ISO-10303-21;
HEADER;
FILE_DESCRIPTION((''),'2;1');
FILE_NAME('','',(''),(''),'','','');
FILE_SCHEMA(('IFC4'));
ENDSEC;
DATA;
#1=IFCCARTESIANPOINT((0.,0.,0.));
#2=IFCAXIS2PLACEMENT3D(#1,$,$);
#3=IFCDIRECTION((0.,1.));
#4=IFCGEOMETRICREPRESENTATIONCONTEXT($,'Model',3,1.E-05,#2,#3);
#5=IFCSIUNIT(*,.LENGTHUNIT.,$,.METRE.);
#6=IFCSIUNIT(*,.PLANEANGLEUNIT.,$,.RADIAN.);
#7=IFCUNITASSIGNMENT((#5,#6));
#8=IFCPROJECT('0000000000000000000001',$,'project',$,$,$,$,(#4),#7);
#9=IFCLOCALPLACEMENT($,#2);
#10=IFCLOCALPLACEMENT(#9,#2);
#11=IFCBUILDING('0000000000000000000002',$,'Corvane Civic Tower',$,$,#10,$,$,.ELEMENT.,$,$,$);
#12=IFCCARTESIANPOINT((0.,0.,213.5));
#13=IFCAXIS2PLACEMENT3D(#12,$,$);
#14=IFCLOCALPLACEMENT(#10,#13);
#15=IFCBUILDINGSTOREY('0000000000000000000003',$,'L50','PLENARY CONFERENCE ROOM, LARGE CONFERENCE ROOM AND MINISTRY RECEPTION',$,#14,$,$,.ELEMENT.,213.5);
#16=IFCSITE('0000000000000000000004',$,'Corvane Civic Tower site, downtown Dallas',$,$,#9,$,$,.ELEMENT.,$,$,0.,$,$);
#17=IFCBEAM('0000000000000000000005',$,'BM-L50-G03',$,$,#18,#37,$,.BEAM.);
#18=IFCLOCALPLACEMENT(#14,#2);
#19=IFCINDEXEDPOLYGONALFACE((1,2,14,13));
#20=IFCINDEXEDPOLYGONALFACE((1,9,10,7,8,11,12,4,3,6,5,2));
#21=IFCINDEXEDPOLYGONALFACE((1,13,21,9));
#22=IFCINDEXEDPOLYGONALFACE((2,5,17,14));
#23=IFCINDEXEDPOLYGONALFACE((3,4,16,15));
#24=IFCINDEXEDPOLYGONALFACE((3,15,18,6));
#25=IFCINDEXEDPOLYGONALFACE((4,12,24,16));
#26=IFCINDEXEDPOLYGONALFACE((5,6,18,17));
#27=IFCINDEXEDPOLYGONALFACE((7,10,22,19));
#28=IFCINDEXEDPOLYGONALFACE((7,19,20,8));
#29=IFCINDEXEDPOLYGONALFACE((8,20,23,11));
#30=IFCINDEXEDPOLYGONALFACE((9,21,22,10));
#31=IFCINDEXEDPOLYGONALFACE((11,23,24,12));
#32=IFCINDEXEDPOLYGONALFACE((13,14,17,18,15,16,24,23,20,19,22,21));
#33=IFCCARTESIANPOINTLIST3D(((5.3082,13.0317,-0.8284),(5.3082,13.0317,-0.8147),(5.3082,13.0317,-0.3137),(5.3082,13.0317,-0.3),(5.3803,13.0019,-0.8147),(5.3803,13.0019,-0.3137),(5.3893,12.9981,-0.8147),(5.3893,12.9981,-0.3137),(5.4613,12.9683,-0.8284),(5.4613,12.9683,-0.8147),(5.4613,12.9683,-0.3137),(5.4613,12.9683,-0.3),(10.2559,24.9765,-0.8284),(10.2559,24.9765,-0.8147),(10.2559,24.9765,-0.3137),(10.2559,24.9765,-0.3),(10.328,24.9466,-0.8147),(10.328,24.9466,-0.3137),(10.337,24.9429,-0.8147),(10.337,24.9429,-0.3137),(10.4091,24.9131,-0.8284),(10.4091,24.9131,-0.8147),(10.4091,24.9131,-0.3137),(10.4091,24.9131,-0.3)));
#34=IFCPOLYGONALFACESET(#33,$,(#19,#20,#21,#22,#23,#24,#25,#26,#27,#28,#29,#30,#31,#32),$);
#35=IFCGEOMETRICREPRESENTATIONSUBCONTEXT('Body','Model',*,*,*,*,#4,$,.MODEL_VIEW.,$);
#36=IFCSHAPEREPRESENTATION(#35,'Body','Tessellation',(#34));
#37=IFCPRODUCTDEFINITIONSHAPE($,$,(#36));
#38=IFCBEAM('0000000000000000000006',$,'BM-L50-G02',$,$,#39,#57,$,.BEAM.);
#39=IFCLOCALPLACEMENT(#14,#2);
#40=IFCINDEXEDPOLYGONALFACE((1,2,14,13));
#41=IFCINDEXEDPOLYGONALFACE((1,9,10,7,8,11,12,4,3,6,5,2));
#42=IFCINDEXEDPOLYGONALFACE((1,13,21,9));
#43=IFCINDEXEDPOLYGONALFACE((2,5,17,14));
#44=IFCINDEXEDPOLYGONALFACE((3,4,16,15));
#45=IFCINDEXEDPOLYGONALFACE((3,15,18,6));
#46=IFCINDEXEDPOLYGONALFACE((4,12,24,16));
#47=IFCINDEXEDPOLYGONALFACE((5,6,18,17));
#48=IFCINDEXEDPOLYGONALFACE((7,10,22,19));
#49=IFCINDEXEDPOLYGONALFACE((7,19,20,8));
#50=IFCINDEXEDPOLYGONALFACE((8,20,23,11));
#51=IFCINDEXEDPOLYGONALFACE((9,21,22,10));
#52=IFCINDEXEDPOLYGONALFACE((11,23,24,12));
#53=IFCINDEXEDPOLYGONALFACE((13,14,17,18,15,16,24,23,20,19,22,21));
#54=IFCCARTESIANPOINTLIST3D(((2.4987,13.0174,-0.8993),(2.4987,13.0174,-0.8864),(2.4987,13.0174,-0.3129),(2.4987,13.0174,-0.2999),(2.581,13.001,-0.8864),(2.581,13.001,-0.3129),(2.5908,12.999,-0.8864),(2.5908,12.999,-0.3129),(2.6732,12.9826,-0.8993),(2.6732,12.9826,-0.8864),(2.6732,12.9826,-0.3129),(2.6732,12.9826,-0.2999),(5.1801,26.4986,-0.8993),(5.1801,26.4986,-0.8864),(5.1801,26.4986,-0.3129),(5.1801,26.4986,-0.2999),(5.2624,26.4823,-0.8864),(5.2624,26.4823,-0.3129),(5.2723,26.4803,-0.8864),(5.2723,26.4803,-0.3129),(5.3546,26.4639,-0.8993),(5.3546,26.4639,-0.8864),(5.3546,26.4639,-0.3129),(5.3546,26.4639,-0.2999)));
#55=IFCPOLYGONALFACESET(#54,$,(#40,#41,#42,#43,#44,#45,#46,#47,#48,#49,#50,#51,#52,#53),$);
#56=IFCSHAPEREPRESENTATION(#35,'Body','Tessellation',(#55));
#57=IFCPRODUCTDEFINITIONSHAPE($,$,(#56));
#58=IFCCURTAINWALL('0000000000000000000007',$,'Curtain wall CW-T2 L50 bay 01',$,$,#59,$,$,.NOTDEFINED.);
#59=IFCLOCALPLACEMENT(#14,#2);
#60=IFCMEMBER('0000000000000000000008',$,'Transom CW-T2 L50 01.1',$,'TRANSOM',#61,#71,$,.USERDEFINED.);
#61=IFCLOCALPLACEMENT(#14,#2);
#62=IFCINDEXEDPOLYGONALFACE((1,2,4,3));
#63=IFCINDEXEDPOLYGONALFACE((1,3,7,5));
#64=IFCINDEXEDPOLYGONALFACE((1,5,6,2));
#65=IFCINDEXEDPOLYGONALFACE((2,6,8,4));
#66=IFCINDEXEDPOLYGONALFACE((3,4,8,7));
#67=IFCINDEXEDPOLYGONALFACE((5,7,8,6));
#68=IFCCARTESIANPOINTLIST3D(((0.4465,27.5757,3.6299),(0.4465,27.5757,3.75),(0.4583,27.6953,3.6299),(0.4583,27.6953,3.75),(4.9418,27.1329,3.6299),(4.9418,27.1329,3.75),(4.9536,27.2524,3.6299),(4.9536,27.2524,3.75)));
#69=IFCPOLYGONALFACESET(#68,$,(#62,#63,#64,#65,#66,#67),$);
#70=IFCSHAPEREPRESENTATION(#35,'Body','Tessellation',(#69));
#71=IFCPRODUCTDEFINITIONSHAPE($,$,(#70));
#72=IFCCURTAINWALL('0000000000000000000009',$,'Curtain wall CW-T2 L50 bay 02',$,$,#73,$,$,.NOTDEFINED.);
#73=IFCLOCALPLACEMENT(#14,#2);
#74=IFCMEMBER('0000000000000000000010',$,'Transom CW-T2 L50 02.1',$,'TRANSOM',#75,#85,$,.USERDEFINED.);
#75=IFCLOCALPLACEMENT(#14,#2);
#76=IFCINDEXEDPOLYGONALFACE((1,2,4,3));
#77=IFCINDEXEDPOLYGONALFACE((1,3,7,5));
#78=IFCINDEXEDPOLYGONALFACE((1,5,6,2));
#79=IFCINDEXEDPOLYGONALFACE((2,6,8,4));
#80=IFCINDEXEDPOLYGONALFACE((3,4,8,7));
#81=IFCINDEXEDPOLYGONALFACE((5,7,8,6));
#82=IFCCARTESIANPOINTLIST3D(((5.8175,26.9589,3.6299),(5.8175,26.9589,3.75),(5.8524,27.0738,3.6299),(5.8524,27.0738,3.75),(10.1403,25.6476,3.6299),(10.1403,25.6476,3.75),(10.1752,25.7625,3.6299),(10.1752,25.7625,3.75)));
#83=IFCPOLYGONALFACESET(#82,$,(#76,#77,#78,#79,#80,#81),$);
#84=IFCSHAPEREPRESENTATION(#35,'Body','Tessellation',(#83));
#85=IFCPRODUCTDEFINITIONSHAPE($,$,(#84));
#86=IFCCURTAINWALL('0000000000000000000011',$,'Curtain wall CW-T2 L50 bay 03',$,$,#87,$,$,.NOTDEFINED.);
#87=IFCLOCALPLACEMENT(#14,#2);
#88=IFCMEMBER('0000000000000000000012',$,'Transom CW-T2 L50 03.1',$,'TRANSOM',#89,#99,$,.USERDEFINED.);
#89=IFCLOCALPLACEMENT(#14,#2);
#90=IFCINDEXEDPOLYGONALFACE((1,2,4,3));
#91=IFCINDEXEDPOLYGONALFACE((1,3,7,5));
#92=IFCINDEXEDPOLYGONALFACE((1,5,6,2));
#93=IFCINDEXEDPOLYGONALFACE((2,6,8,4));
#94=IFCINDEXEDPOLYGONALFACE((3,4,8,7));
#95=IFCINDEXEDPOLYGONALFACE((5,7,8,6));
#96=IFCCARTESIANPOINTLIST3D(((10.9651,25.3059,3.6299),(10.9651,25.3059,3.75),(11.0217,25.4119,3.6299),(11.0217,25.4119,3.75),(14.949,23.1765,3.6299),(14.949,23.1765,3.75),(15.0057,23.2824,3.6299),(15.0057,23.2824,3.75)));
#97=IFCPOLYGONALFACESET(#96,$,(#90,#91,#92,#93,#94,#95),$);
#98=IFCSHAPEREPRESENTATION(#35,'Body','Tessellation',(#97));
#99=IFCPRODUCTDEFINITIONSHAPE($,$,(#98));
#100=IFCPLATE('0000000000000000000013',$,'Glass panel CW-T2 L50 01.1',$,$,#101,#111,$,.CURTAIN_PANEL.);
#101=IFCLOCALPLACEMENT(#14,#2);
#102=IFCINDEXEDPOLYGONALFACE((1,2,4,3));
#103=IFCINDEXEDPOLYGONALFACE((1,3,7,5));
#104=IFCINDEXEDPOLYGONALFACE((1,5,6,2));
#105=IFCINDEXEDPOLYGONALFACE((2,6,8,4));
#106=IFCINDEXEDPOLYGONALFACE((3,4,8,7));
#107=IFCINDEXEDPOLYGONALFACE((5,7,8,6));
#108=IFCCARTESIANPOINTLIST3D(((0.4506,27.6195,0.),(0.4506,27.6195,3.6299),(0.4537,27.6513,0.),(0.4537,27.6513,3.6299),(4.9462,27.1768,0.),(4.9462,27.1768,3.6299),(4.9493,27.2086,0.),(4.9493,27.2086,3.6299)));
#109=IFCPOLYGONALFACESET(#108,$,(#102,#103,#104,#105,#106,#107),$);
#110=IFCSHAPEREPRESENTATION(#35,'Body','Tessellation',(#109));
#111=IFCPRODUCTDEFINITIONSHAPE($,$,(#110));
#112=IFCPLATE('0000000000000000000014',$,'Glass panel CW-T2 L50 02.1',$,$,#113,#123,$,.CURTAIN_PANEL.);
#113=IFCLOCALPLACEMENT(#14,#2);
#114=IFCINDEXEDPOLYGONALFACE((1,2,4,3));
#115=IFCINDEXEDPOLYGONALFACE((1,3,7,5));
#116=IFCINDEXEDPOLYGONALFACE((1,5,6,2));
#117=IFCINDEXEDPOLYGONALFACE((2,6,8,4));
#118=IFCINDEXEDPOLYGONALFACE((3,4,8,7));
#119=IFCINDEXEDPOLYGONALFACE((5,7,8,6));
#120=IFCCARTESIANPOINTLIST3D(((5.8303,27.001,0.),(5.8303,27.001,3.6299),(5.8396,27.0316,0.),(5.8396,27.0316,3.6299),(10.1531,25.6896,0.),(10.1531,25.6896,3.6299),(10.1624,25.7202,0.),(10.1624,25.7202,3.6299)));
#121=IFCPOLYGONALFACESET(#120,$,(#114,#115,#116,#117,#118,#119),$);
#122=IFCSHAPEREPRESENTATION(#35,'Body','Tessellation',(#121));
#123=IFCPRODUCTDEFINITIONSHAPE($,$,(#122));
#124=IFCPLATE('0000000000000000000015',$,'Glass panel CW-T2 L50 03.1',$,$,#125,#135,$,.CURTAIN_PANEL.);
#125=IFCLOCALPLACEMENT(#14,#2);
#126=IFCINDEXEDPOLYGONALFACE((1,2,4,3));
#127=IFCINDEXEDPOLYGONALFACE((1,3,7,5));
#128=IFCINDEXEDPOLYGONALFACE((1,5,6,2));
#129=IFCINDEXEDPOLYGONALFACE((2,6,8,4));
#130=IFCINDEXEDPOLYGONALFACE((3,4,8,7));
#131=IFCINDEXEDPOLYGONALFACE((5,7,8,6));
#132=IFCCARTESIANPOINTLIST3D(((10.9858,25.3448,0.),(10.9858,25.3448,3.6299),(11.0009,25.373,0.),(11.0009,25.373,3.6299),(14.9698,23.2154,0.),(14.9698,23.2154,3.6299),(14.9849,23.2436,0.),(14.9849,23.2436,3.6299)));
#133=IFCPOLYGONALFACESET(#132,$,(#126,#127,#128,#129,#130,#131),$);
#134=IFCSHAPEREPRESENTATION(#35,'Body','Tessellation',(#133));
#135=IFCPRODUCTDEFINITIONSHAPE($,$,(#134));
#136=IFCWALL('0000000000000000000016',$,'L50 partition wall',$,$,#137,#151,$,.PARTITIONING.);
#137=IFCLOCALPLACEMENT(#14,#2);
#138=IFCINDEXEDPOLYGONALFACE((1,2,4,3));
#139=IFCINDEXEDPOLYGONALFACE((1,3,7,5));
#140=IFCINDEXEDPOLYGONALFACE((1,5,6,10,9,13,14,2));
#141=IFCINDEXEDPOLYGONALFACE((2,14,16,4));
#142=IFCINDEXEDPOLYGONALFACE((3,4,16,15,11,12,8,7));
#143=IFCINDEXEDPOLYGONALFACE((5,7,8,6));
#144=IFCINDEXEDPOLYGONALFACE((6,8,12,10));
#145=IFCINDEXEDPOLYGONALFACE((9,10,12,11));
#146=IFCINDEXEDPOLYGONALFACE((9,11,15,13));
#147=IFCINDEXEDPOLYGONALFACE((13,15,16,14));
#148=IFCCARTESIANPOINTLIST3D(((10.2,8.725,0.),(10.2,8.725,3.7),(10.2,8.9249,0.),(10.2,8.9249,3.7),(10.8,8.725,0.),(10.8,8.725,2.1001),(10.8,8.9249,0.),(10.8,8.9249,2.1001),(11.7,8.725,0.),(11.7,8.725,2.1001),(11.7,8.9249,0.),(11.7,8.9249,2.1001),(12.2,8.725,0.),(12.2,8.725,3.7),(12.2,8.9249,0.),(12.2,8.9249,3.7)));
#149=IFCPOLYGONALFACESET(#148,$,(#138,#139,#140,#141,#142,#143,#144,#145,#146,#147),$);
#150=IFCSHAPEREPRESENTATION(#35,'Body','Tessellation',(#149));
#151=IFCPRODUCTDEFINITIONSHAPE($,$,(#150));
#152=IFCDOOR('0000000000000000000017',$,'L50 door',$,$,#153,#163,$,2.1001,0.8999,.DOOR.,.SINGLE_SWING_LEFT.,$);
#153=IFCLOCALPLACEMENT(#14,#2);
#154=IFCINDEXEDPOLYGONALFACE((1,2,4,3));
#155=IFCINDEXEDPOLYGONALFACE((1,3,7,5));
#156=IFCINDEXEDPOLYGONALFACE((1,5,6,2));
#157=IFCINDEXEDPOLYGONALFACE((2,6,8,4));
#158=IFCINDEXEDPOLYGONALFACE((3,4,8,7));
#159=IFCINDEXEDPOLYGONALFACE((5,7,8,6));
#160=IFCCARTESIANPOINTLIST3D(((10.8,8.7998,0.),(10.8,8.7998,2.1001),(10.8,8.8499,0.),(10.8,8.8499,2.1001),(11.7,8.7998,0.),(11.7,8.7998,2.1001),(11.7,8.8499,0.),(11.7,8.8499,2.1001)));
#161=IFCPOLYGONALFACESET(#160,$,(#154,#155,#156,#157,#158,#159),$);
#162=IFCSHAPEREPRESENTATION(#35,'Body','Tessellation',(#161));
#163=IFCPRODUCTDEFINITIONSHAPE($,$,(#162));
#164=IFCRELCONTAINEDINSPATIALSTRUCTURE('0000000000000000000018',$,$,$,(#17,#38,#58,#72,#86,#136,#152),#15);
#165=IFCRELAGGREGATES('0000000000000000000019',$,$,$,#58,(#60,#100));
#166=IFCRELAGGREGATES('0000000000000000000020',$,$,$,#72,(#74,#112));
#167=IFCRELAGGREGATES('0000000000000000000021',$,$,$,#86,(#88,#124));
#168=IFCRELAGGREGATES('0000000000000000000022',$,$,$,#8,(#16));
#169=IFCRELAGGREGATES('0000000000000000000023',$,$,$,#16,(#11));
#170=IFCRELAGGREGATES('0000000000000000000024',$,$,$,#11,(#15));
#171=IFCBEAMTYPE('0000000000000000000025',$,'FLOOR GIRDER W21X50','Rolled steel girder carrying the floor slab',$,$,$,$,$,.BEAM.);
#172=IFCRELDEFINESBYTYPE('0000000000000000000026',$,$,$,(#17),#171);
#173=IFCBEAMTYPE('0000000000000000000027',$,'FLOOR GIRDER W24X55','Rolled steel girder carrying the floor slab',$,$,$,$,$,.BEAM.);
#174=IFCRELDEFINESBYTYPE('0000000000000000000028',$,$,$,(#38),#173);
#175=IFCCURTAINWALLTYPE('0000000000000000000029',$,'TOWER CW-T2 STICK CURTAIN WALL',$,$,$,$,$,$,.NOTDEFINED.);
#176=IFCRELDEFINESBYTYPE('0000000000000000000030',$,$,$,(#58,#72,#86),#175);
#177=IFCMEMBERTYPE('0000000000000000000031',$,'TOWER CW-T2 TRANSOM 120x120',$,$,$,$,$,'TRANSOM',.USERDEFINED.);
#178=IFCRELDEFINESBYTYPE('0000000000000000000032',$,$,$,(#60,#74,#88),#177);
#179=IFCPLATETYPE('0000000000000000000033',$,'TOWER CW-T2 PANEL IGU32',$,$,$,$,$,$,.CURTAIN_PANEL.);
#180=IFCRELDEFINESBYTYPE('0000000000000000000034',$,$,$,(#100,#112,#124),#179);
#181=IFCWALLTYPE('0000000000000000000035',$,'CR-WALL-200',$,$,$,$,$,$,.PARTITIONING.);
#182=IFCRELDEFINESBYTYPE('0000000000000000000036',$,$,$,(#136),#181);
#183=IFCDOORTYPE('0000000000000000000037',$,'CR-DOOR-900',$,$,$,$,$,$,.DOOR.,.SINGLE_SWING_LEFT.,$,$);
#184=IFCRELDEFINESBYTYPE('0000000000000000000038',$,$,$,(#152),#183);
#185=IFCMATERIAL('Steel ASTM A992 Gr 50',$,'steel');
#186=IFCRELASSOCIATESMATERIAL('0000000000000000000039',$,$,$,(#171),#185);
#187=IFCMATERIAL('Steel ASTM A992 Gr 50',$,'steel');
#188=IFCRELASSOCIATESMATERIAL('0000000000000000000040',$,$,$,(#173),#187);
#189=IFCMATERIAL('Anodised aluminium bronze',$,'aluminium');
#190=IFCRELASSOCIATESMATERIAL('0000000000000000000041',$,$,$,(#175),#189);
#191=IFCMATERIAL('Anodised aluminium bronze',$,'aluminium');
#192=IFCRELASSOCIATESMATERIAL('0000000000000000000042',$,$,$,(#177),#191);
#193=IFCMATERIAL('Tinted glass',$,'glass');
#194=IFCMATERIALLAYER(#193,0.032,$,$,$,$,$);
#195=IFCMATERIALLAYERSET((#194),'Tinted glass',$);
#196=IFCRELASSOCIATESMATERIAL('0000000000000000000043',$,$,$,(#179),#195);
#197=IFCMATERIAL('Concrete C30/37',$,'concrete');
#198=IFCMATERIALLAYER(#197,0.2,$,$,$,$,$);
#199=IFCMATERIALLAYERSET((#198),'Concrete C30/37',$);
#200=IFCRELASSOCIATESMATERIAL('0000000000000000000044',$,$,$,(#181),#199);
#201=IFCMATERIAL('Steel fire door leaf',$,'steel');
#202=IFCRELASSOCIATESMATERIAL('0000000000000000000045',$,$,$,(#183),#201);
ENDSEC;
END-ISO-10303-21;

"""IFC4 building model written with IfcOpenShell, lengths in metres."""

from ifc_helpers import new_model, si_unit, direction, frame, frame_2d, origin, origin_2d, place, context, subcontext, project, spatial, rectangle, i_section, extrude, material, layer, layer_set, material_profile, profile_set, type_object, element, fill, aggregate, save


model = new_model("IFC4")

# Units and contexts
model_context = context("Model", 3, precision=1e-05, world=origin(), true_north=direction((0.0, 1.0)))
body_context = subcontext(model_context, "Body", "Model", "MODEL_VIEW")
ifc_project = project(units=[si_unit("LENGTHUNIT", "METRE"), si_unit("PLANEANGLEUNIT", "RADIAN")], contexts=[model_context])

# Site, building, storey
site_placement = place(None, origin())
site = spatial("IfcSite", under=ifc_project, at=site_placement, Name="Corvane Civic Tower site, downtown Dallas", CompositionType="ELEMENT", RefElevation=0.0)
building_placement = place(site_placement, origin())
building = spatial("IfcBuilding", under=site, at=building_placement, Name="Corvane Civic Tower", CompositionType="ELEMENT")
storey_placement = place(building_placement, frame((0.0, 0.0, 213.5)))
storey = spatial("IfcBuildingStorey", under=building, at=storey_placement, Name="L50", Description="PLENARY CONFERENCE ROOM, LARGE CONFERENCE ROOM AND MINISTRY RECEPTION", CompositionType="ELEMENT", Elevation=213.5)

# Beams
ifc_material_1 = material(Name="Steel ASTM A992 Gr 50", Category="steel")
ifc_material_profile_1 = material_profile(ifc_material_1, i_section(OverallWidth=0.1658, OverallDepth=0.5283, WebThickness=0.0098, FlangeThickness=0.0137, at=origin_2d()), Name="W21X50")
ifc_profile_set_1 = profile_set([ifc_material_profile_1], Name="Steel ASTM A992 Gr 50")
beam_type_1 = type_object("IfcBeamType", Name="FLOOR GIRDER W21X50", Description="Rolled steel girder carrying the floor slab", PredefinedType="BEAM", material=ifc_profile_set_1)
beam_1_placement = place(storey_placement, frame((5.3848, 13.0, -0.5642), z_axis=(0.382686, 0.923878, 0.0), x_axis=(-0.923878, 0.382686, 0.0)))
element("IfcBeam", 1, at=beam_1_placement, inside=storey, type_object=beam_type_1, Name="BM-L50-G03", PredefinedType="BEAM", context=body_context, shape_type="SweptSolid", body=[
    extrude(i_section(OverallWidth=0.1658, OverallDepth=0.5283, WebThickness=0.0098, FlangeThickness=0.0137, at=origin_2d()), origin(), (0.0, 0.0, 1.0), 12.929),
])
ifc_material_2 = material(Name="Steel ASTM A992 Gr 50", Category="steel")
ifc_material_profile_2 = material_profile(ifc_material_2, i_section(OverallWidth=0.178, OverallDepth=0.5994, WebThickness=0.01, FlangeThickness=0.0129, at=origin_2d()), Name="W24X55")
ifc_profile_set_2 = profile_set([ifc_material_profile_2], Name="Steel ASTM A992 Gr 50")
beam_type_2 = type_object("IfcBeamType", Name="FLOOR GIRDER W24X55", Description="Rolled steel girder carrying the floor slab", PredefinedType="BEAM", material=ifc_profile_set_2)
beam_2_placement = place(storey_placement, frame((2.5859, 13.0, -0.5996), z_axis=(0.195078, 0.980788, 0.0), x_axis=(-0.980788, 0.195078, 0.0)))
element("IfcBeam", 2, at=beam_2_placement, inside=storey, type_object=beam_type_2, Name="BM-L50-G02", PredefinedType="BEAM", context=body_context, shape_type="SweptSolid", body=[
    extrude(i_section(OverallWidth=0.178, OverallDepth=0.5994, WebThickness=0.01, FlangeThickness=0.0129, at=origin_2d()), origin(), (0.0, 0.0, 1.0), 13.7454),
])

# Curtain walls, members
ifc_material_3 = material(Name="Anodised aluminium bronze", Category="aluminium")
curtain_wall_type = type_object("IfcCurtainWallType", Name="TOWER CW-T2 STICK CURTAIN WALL", PredefinedType="NOTDEFINED", material=ifc_material_3)
curtain_wall_1_placement = place(storey_placement, origin())
curtain_wall_1 = element("IfcCurtainWall", 3, at=curtain_wall_1_placement, inside=storey, type_object=curtain_wall_type, Name="Curtain wall CW-T2 L50 bay 01", PredefinedType="NOTDEFINED")
ifc_material_4 = material(Name="Anodised aluminium bronze", Category="aluminium")
ifc_material_profile_3 = material_profile(ifc_material_4, rectangle(XDim=0.1201, YDim=0.1201, at=origin_2d()), Name="TOWER CW-T2 TRANSOM 120x120")
ifc_profile_set_3 = profile_set([ifc_material_profile_3], Name="Anodised aluminium bronze")
member_type = type_object("IfcMemberType", Name="TOWER CW-T2 TRANSOM 120x120", ElementType="TRANSOM", PredefinedType="USERDEFINED", material=ifc_profile_set_3)
member_1_placement = place(storey_placement, frame((0.4524, 27.6355, 3.6899), z_axis=(0.995182, -0.098043, 0.0), x_axis=(0.098043, 0.995182, 0.0)))
member_1 = element("IfcMember", 4, at=member_1_placement, type_object=member_type, Name="Transom CW-T2 L50 01.1", ObjectType="TRANSOM", PredefinedType="USERDEFINED", context=body_context, shape_type="SweptSolid", body=[
    extrude(rectangle(XDim=0.1201, YDim=0.1201, at=origin_2d()), origin(), (0.0, 0.0, 1.0), 4.5171),
])
curtain_wall_2_placement = place(storey_placement, origin())
curtain_wall_2 = element("IfcCurtainWall", 5, at=curtain_wall_2_placement, inside=storey, type_object=curtain_wall_type, Name="Curtain wall CW-T2 L50 bay 02", PredefinedType="NOTDEFINED")
member_2_placement = place(storey_placement, frame((5.835, 27.0164, 3.6899), z_axis=(0.956941, -0.290282, 0.0), x_axis=(0.290282, 0.956941, 0.0)))
member_2 = element("IfcMember", 6, at=member_2_placement, type_object=member_type, Name="Transom CW-T2 L50 02.1", ObjectType="TRANSOM", PredefinedType="USERDEFINED", context=body_context, shape_type="SweptSolid", body=[
    extrude(rectangle(XDim=0.1201, YDim=0.1201, at=origin_2d()), origin(), (0.0, 0.0, 1.0), 4.5173),
])
curtain_wall_3_placement = place(storey_placement, origin())
curtain_wall_3 = element("IfcCurtainWall", 7, at=curtain_wall_3_placement, inside=storey, type_object=curtain_wall_type, Name="Curtain wall CW-T2 L50 bay 03", PredefinedType="NOTDEFINED")
member_3_placement = place(storey_placement, frame((10.9934, 25.3589, 3.6899), z_axis=(0.881925, -0.47139, 0.0), x_axis=(0.47139, 0.881925, 0.0)))
member_3 = element("IfcMember", 8, at=member_3_placement, type_object=member_type, Name="Transom CW-T2 L50 03.1", ObjectType="TRANSOM", PredefinedType="USERDEFINED", context=body_context, shape_type="SweptSolid", body=[
    extrude(rectangle(XDim=0.1201, YDim=0.1201, at=origin_2d()), origin(), (0.0, 0.0, 1.0), 4.5173),
])

# Plates
ifc_material_5 = material(Name="Tinted glass", Category="glass")
ifc_layer_1 = layer(ifc_material_5, 0.032)
ifc_layer_set_1 = layer_set([ifc_layer_1], Name="Tinted glass")
plate_type = type_object("IfcPlateType", Name="TOWER CW-T2 PANEL IGU32", PredefinedType="CURTAIN_PANEL", material=ifc_layer_set_1)
plate_1_placement = place(storey_placement, frame((2.7, 27.4141, 0.0), z_axis=(0.0, 0.0, 1.0), x_axis=(0.995187, -0.097993, 0.0)))
plate_1 = element("IfcPlate", 9, at=plate_1_placement, type_object=plate_type, Name="Glass panel CW-T2 L50 01.1", PredefinedType="CURTAIN_PANEL", context=body_context, shape_type="SweptSolid", body=[
    extrude(rectangle(XDim=4.5173, YDim=0.032, at=origin_2d()), origin(), (0.0, 0.0, 1.0), 3.6299),
])
aggregate(curtain_wall_1, [member_1, plate_1])
plate_2_placement = place(storey_placement, frame((7.9963, 26.3606, 0.0), z_axis=(0.0, 0.0, 1.0), x_axis=(0.956939, -0.29029, 0.0)))
plate_2 = element("IfcPlate", 10, at=plate_2_placement, type_object=plate_type, Name="Glass panel CW-T2 L50 02.1", PredefinedType="CURTAIN_PANEL", context=body_context, shape_type="SweptSolid", body=[
    extrude(rectangle(XDim=4.5173, YDim=0.032, at=origin_2d()), origin(), (0.0, 0.0, 1.0), 3.6299),
])
aggregate(curtain_wall_2, [member_2, plate_2])
plate_3_placement = place(storey_placement, frame((12.9854, 24.2942, 0.0), z_axis=(0.0, 0.0, 1.0), x_axis=(0.88192, -0.471398, 0.0)))
plate_3 = element("IfcPlate", 11, at=plate_3_placement, type_object=plate_type, Name="Glass panel CW-T2 L50 03.1", PredefinedType="CURTAIN_PANEL", context=body_context, shape_type="SweptSolid", body=[
    extrude(rectangle(XDim=4.5173, YDim=0.032, at=origin_2d()), origin(), (0.0, 0.0, 1.0), 3.6299),
])
aggregate(curtain_wall_3, [member_3, plate_3])

# Wall, opening, door
ifc_material_6 = material(Name="Concrete C30/37", Category="concrete")
ifc_layer_2 = layer(ifc_material_6, 0.2)
ifc_layer_set_2 = layer_set([ifc_layer_2], Name="Concrete C30/37")
wall_type = type_object("IfcWallType", Name="CR-WALL-200", PredefinedType="PARTITIONING", material=ifc_layer_set_2)
wall_1_placement = place(storey_placement, frame((10.2, 8.825, 0.0), z_axis=(0.0, 0.0, 1.0), x_axis=(1.0, 0.0, 0.0)))
wall_1 = element("IfcWall", 12, at=wall_1_placement, inside=storey, type_object=wall_type, Name="L50 partition wall", PredefinedType="PARTITIONING", context=body_context, shape_type="SweptSolid", body=[
    extrude(rectangle(XDim=2.0, YDim=0.2, at=frame_2d((1.0, 0.0))), origin(), (0.0, 0.0, 1.0), 3.7),
])
opening_1_placement = place(wall_1_placement, frame((0.6001, 0.0, 0.0)))
opening_1 = element("IfcOpeningElement", 13, at=opening_1_placement, cuts=wall_1, PredefinedType="OPENING", context=body_context, shape_type="SweptSolid", body=[
    extrude(rectangle(XDim=0.8999, YDim=2.1001, at=frame_2d((0.45, 1.05))), frame((0.0, 0.1099, 0.0), z_axis=(0.0, -1.0, 0.0), x_axis=(1.0, 0.0, 0.0)), (0.0, 0.0, 1.0), 0.22),
])
ifc_material_7 = material(Name="Steel fire door leaf", Category="steel")
door_type = type_object("IfcDoorType", Name="CR-DOOR-900", OperationType="SINGLE_SWING_LEFT", PredefinedType="DOOR", material=ifc_material_7)
door_1_placement = place(opening_1_placement, origin())
door_1 = element("IfcDoor", 14, at=door_1_placement, inside=storey, type_object=door_type, Name="L50 door", OperationType="SINGLE_SWING_LEFT", OverallHeight=2.1001, OverallWidth=0.8999, PredefinedType="DOOR", context=body_context, shape_type="SweptSolid", body=[
    extrude(rectangle(XDim=0.8999, YDim=2.1001, at=frame_2d((0.45, 1.05))), frame((0.0, 0.0249, 0.0), z_axis=(0.0, -1.0, 0.0), x_axis=(1.0, 0.0, 0.0)), (0.0, 0.0, 1.0), 0.05),
])
fill(opening_1, door_1)

save(model, "model.ifc")
